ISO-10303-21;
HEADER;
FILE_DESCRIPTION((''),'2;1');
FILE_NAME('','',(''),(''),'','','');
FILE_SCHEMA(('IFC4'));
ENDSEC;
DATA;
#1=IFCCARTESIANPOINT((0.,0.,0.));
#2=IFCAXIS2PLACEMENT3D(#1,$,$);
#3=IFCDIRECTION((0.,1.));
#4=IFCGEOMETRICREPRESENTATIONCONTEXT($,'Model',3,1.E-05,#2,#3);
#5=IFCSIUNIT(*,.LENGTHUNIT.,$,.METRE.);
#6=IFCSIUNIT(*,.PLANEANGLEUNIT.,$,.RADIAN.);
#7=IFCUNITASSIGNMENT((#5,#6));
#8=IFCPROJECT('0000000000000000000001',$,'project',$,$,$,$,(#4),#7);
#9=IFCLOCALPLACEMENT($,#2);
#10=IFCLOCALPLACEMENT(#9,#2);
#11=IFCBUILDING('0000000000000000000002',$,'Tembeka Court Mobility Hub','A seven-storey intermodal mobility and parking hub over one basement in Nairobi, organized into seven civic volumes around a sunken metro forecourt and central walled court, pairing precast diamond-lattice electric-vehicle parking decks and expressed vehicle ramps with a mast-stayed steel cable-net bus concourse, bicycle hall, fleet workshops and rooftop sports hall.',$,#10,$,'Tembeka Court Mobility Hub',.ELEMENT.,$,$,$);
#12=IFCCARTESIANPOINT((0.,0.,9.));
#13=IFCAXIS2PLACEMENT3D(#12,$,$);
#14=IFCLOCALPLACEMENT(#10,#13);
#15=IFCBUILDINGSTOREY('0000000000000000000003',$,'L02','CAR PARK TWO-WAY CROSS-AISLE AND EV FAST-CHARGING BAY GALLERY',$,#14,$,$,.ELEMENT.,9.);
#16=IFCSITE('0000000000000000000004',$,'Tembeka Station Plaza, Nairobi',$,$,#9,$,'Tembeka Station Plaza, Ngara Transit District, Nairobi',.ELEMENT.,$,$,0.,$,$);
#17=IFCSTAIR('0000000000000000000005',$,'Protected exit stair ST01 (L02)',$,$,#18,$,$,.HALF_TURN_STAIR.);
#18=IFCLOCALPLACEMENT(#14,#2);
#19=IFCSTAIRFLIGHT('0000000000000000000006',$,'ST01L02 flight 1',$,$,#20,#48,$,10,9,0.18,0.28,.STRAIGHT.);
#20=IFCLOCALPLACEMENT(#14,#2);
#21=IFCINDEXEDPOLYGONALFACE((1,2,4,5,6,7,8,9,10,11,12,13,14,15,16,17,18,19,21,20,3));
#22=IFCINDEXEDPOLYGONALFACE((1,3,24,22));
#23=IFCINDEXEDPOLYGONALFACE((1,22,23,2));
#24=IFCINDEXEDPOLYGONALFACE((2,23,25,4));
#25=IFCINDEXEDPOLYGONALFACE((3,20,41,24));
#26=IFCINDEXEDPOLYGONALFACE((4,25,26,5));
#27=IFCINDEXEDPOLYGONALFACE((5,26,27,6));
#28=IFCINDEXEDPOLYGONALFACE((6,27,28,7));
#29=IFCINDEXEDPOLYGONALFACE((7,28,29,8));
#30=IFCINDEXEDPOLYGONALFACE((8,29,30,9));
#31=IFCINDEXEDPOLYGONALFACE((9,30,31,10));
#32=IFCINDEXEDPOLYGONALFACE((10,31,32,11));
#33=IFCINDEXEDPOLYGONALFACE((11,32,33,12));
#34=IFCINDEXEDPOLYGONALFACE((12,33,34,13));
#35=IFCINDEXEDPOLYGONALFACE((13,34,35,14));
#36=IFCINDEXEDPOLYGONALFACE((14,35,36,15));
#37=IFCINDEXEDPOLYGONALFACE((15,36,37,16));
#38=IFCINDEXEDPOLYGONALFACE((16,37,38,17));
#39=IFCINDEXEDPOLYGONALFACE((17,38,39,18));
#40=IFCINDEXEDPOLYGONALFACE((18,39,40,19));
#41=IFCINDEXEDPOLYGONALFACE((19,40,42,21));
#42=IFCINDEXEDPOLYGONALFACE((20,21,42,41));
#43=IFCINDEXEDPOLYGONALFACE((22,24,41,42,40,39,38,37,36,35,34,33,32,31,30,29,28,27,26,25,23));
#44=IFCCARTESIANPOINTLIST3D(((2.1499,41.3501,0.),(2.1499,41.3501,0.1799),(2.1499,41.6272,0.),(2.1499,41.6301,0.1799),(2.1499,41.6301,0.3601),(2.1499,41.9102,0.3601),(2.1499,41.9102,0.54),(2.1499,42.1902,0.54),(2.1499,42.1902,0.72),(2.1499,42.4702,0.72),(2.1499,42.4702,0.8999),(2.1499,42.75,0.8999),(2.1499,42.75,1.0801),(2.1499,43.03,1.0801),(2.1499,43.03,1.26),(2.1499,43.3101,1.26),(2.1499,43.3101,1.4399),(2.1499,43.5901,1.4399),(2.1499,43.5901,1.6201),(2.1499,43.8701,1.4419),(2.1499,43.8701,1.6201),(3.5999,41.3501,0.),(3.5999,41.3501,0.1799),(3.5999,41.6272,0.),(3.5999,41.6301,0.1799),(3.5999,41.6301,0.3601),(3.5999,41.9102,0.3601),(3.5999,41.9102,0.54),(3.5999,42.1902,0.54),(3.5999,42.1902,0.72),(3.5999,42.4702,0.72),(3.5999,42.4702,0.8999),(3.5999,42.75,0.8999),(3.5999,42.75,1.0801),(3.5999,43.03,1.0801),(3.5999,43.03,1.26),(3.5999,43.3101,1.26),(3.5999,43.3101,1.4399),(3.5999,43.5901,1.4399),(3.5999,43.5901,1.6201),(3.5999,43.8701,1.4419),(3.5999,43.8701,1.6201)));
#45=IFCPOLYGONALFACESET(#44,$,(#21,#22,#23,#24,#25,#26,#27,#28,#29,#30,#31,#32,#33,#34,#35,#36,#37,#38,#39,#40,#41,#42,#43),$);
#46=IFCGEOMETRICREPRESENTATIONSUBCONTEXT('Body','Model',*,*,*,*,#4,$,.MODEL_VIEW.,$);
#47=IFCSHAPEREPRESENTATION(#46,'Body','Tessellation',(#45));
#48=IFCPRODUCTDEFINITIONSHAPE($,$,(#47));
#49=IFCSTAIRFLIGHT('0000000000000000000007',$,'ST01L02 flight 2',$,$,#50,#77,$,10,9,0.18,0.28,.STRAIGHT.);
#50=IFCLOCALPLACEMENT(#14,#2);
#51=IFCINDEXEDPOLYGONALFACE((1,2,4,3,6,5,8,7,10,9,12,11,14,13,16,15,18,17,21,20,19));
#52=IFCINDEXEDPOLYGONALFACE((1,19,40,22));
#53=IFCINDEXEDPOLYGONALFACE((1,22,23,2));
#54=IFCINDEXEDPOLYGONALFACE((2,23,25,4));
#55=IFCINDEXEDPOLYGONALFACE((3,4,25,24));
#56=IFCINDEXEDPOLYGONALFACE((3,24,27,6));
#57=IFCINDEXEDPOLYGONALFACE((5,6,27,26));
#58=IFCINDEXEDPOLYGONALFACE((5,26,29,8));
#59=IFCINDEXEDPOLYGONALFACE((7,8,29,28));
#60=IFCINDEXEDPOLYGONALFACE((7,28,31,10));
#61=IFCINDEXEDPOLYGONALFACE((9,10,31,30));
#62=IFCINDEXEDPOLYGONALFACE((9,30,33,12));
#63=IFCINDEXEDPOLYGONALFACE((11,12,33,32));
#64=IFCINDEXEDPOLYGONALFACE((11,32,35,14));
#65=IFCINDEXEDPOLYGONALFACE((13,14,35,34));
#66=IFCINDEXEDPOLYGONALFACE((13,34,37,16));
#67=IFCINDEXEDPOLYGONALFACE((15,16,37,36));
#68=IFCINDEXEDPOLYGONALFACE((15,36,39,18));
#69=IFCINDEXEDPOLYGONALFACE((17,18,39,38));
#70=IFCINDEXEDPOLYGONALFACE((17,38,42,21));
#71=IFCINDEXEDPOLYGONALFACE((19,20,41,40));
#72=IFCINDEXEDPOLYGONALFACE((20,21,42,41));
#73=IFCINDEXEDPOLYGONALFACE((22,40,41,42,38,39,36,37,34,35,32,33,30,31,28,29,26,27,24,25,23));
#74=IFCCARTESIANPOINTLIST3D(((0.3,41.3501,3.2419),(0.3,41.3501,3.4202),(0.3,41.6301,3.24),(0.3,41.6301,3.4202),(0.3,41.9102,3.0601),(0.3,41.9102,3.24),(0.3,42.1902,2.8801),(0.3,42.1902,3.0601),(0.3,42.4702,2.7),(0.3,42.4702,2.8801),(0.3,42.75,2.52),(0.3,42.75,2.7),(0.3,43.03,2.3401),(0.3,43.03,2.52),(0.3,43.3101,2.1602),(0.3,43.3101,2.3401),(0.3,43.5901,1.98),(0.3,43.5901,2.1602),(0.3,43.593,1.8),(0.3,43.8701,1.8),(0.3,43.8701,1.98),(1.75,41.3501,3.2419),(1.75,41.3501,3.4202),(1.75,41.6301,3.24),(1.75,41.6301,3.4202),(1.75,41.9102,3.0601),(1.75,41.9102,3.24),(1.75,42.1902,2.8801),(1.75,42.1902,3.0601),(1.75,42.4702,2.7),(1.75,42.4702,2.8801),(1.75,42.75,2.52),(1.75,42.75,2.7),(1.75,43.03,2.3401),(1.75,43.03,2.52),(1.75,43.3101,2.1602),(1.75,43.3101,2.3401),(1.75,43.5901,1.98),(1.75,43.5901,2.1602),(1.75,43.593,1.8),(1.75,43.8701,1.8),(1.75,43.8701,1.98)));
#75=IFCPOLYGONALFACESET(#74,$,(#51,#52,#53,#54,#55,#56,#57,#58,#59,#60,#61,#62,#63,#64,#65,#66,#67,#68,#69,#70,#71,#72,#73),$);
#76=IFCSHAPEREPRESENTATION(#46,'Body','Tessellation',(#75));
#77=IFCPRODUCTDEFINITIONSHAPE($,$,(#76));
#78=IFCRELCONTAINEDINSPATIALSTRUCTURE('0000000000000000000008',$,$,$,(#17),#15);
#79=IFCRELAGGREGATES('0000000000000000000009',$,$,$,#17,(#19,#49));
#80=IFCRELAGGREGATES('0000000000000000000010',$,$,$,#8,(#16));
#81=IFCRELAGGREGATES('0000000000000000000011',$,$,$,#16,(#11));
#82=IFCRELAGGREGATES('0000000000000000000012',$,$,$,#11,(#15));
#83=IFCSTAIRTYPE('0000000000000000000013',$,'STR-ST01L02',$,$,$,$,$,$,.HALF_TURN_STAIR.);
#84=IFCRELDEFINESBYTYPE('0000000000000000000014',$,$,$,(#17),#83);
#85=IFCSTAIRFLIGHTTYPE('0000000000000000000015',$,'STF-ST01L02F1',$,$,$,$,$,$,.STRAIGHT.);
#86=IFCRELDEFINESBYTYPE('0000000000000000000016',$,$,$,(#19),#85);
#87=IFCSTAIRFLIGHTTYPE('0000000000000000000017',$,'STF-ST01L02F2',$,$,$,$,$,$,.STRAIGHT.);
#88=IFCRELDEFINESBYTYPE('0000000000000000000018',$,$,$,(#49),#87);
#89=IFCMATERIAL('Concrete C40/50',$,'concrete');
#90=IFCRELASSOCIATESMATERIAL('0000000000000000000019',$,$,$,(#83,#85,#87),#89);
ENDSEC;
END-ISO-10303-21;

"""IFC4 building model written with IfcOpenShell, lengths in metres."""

from ifc_helpers import new_model, si_unit, direction, frame, origin, place, context, subcontext, project, spatial, polyline, outline, extrude, material, type_object, element, aggregate, save


model = new_model("IFC4")

# Units and contexts
model_context = context("Model", 3, precision=1e-05, world=origin(), true_north=direction((0.0, 1.0)))
body_context = subcontext(model_context, "Body", "Model", "MODEL_VIEW")
ifc_project = project(units=[si_unit("LENGTHUNIT", "METRE"), si_unit("PLANEANGLEUNIT", "RADIAN")], contexts=[model_context])

# Site, building, storey
site_placement = place(None, origin())
site = spatial("IfcSite", under=ifc_project, at=site_placement, Name="Tembeka Station Plaza, Nairobi", LongName="Tembeka Station Plaza, Ngara Transit District, Nairobi", CompositionType="ELEMENT", RefElevation=0.0)
building_placement = place(site_placement, origin())
building = spatial("IfcBuilding", under=site, at=building_placement, Name="Tembeka Court Mobility Hub", Description="A seven-storey intermodal mobility and parking hub over one basement in Nairobi, organized into seven civic volumes around a sunken metro forecourt and central walled court, pairing precast diamond-lattice electric-vehicle parking decks and expressed vehicle ramps with a mast-stayed steel cable-net bus concourse, bicycle hall, fleet workshops and rooftop sports hall.", LongName="Tembeka Court Mobility Hub", CompositionType="ELEMENT")
storey_placement = place(building_placement, frame((0.0, 0.0, 9.0)))
storey = spatial("IfcBuildingStorey", under=building, at=storey_placement, Name="L02", Description="CAR PARK TWO-WAY CROSS-AISLE AND EV FAST-CHARGING BAY GALLERY", CompositionType="ELEMENT", Elevation=9.0)

# Shared definitions
ifc_material_1 = material(Name="Concrete C40/50", Category="concrete")

# Stair, stair flights
stair_type = type_object("IfcStairType", Name="STR-ST01L02", PredefinedType="HALF_TURN_STAIR", material=ifc_material_1)
stair_placement = place(storey_placement, origin())
stair = element("IfcStair", 1, at=stair_placement, inside=storey, type_object=stair_type, Name="Protected exit stair ST01 (L02)", PredefinedType="HALF_TURN_STAIR")
stair_flight_type_1 = type_object("IfcStairFlightType", Name="STF-ST01L02F1", PredefinedType="STRAIGHT", material=ifc_material_1)
stair_flight_1_placement = place(storey_placement, frame((2.875, 41.3501, 0.0), z_axis=(0.0, 0.0, 1.0), x_axis=(0.0, 1.0, 0.0)))
stair_flight_1 = element("IfcStairFlight", 2, at=stair_flight_1_placement, type_object=stair_flight_type_1, Name="ST01L02 flight 1", NumberOfRisers=10, NumberOfTreads=9, PredefinedType="STRAIGHT", RiserHeight=0.18, TreadLength=0.28, context=body_context, shape_type="SweptSolid", body=[
    extrude(outline(polyline([(0.0, 0.0), (0.0, 0.1799), (0.28, 0.1799), (0.28, 0.3601), (0.5601, 0.3601), (0.5601, 0.54), (0.8401, 0.54), (0.8401, 0.72), (1.1201, 0.72), (1.1201, 0.8999), (1.3999, 0.8999), (1.3999, 1.0801), (1.6799, 1.0801), (1.6799, 1.26), (1.96, 1.26), (1.96, 1.4399), (2.24, 1.4399), (2.24, 1.6201), (2.52, 1.6201), (2.52, 1.8), (2.52, 1.4419), (0.2771, 0.0), (0.0, 0.0)])), frame((0.0, 0.7251, 0.0), z_axis=(0.0, -1.0, 0.0), x_axis=(1.0, 0.0, 0.0)), (0.0, 0.0, 1.0), 1.45),
])
stair_flight_type_2 = type_object("IfcStairFlightType", Name="STF-ST01L02F2", PredefinedType="STRAIGHT", material=ifc_material_1)
stair_flight_2_placement = place(storey_placement, frame((1.0249, 43.8701, 1.8), z_axis=(0.0, 0.0, 1.0), x_axis=(0.0, -1.0, 0.0)))
stair_flight_2 = element("IfcStairFlight", 3, at=stair_flight_2_placement, type_object=stair_flight_type_2, Name="ST01L02 flight 2", NumberOfRisers=10, NumberOfTreads=9, PredefinedType="STRAIGHT", RiserHeight=0.18, TreadLength=0.28, context=body_context, shape_type="SweptSolid", body=[
    extrude(outline(polyline([(0.0, 0.0), (0.0, 0.1799), (0.28, 0.1799), (0.28, 0.3601), (0.5601, 0.3601), (0.5601, 0.54), (0.8401, 0.54), (0.8401, 0.72), (1.1201, 0.72), (1.1201, 0.8999), (1.3999, 0.8999), (1.3999, 1.0801), (1.6799, 1.0801), (1.6799, 1.26), (1.96, 1.26), (1.96, 1.4399), (2.24, 1.4399), (2.24, 1.6201), (2.52, 1.6201), (2.52, 1.8), (2.52, 1.4419), (0.2771, 0.0), (0.0, 0.0)])), frame((0.0, 0.7251, 0.0), z_axis=(0.0, -1.0, 0.0), x_axis=(1.0, 0.0, 0.0)), (0.0, 0.0, 1.0), 1.45),
])
aggregate(stair, [stair_flight_1, stair_flight_2])

save(model, "model.ifc")
